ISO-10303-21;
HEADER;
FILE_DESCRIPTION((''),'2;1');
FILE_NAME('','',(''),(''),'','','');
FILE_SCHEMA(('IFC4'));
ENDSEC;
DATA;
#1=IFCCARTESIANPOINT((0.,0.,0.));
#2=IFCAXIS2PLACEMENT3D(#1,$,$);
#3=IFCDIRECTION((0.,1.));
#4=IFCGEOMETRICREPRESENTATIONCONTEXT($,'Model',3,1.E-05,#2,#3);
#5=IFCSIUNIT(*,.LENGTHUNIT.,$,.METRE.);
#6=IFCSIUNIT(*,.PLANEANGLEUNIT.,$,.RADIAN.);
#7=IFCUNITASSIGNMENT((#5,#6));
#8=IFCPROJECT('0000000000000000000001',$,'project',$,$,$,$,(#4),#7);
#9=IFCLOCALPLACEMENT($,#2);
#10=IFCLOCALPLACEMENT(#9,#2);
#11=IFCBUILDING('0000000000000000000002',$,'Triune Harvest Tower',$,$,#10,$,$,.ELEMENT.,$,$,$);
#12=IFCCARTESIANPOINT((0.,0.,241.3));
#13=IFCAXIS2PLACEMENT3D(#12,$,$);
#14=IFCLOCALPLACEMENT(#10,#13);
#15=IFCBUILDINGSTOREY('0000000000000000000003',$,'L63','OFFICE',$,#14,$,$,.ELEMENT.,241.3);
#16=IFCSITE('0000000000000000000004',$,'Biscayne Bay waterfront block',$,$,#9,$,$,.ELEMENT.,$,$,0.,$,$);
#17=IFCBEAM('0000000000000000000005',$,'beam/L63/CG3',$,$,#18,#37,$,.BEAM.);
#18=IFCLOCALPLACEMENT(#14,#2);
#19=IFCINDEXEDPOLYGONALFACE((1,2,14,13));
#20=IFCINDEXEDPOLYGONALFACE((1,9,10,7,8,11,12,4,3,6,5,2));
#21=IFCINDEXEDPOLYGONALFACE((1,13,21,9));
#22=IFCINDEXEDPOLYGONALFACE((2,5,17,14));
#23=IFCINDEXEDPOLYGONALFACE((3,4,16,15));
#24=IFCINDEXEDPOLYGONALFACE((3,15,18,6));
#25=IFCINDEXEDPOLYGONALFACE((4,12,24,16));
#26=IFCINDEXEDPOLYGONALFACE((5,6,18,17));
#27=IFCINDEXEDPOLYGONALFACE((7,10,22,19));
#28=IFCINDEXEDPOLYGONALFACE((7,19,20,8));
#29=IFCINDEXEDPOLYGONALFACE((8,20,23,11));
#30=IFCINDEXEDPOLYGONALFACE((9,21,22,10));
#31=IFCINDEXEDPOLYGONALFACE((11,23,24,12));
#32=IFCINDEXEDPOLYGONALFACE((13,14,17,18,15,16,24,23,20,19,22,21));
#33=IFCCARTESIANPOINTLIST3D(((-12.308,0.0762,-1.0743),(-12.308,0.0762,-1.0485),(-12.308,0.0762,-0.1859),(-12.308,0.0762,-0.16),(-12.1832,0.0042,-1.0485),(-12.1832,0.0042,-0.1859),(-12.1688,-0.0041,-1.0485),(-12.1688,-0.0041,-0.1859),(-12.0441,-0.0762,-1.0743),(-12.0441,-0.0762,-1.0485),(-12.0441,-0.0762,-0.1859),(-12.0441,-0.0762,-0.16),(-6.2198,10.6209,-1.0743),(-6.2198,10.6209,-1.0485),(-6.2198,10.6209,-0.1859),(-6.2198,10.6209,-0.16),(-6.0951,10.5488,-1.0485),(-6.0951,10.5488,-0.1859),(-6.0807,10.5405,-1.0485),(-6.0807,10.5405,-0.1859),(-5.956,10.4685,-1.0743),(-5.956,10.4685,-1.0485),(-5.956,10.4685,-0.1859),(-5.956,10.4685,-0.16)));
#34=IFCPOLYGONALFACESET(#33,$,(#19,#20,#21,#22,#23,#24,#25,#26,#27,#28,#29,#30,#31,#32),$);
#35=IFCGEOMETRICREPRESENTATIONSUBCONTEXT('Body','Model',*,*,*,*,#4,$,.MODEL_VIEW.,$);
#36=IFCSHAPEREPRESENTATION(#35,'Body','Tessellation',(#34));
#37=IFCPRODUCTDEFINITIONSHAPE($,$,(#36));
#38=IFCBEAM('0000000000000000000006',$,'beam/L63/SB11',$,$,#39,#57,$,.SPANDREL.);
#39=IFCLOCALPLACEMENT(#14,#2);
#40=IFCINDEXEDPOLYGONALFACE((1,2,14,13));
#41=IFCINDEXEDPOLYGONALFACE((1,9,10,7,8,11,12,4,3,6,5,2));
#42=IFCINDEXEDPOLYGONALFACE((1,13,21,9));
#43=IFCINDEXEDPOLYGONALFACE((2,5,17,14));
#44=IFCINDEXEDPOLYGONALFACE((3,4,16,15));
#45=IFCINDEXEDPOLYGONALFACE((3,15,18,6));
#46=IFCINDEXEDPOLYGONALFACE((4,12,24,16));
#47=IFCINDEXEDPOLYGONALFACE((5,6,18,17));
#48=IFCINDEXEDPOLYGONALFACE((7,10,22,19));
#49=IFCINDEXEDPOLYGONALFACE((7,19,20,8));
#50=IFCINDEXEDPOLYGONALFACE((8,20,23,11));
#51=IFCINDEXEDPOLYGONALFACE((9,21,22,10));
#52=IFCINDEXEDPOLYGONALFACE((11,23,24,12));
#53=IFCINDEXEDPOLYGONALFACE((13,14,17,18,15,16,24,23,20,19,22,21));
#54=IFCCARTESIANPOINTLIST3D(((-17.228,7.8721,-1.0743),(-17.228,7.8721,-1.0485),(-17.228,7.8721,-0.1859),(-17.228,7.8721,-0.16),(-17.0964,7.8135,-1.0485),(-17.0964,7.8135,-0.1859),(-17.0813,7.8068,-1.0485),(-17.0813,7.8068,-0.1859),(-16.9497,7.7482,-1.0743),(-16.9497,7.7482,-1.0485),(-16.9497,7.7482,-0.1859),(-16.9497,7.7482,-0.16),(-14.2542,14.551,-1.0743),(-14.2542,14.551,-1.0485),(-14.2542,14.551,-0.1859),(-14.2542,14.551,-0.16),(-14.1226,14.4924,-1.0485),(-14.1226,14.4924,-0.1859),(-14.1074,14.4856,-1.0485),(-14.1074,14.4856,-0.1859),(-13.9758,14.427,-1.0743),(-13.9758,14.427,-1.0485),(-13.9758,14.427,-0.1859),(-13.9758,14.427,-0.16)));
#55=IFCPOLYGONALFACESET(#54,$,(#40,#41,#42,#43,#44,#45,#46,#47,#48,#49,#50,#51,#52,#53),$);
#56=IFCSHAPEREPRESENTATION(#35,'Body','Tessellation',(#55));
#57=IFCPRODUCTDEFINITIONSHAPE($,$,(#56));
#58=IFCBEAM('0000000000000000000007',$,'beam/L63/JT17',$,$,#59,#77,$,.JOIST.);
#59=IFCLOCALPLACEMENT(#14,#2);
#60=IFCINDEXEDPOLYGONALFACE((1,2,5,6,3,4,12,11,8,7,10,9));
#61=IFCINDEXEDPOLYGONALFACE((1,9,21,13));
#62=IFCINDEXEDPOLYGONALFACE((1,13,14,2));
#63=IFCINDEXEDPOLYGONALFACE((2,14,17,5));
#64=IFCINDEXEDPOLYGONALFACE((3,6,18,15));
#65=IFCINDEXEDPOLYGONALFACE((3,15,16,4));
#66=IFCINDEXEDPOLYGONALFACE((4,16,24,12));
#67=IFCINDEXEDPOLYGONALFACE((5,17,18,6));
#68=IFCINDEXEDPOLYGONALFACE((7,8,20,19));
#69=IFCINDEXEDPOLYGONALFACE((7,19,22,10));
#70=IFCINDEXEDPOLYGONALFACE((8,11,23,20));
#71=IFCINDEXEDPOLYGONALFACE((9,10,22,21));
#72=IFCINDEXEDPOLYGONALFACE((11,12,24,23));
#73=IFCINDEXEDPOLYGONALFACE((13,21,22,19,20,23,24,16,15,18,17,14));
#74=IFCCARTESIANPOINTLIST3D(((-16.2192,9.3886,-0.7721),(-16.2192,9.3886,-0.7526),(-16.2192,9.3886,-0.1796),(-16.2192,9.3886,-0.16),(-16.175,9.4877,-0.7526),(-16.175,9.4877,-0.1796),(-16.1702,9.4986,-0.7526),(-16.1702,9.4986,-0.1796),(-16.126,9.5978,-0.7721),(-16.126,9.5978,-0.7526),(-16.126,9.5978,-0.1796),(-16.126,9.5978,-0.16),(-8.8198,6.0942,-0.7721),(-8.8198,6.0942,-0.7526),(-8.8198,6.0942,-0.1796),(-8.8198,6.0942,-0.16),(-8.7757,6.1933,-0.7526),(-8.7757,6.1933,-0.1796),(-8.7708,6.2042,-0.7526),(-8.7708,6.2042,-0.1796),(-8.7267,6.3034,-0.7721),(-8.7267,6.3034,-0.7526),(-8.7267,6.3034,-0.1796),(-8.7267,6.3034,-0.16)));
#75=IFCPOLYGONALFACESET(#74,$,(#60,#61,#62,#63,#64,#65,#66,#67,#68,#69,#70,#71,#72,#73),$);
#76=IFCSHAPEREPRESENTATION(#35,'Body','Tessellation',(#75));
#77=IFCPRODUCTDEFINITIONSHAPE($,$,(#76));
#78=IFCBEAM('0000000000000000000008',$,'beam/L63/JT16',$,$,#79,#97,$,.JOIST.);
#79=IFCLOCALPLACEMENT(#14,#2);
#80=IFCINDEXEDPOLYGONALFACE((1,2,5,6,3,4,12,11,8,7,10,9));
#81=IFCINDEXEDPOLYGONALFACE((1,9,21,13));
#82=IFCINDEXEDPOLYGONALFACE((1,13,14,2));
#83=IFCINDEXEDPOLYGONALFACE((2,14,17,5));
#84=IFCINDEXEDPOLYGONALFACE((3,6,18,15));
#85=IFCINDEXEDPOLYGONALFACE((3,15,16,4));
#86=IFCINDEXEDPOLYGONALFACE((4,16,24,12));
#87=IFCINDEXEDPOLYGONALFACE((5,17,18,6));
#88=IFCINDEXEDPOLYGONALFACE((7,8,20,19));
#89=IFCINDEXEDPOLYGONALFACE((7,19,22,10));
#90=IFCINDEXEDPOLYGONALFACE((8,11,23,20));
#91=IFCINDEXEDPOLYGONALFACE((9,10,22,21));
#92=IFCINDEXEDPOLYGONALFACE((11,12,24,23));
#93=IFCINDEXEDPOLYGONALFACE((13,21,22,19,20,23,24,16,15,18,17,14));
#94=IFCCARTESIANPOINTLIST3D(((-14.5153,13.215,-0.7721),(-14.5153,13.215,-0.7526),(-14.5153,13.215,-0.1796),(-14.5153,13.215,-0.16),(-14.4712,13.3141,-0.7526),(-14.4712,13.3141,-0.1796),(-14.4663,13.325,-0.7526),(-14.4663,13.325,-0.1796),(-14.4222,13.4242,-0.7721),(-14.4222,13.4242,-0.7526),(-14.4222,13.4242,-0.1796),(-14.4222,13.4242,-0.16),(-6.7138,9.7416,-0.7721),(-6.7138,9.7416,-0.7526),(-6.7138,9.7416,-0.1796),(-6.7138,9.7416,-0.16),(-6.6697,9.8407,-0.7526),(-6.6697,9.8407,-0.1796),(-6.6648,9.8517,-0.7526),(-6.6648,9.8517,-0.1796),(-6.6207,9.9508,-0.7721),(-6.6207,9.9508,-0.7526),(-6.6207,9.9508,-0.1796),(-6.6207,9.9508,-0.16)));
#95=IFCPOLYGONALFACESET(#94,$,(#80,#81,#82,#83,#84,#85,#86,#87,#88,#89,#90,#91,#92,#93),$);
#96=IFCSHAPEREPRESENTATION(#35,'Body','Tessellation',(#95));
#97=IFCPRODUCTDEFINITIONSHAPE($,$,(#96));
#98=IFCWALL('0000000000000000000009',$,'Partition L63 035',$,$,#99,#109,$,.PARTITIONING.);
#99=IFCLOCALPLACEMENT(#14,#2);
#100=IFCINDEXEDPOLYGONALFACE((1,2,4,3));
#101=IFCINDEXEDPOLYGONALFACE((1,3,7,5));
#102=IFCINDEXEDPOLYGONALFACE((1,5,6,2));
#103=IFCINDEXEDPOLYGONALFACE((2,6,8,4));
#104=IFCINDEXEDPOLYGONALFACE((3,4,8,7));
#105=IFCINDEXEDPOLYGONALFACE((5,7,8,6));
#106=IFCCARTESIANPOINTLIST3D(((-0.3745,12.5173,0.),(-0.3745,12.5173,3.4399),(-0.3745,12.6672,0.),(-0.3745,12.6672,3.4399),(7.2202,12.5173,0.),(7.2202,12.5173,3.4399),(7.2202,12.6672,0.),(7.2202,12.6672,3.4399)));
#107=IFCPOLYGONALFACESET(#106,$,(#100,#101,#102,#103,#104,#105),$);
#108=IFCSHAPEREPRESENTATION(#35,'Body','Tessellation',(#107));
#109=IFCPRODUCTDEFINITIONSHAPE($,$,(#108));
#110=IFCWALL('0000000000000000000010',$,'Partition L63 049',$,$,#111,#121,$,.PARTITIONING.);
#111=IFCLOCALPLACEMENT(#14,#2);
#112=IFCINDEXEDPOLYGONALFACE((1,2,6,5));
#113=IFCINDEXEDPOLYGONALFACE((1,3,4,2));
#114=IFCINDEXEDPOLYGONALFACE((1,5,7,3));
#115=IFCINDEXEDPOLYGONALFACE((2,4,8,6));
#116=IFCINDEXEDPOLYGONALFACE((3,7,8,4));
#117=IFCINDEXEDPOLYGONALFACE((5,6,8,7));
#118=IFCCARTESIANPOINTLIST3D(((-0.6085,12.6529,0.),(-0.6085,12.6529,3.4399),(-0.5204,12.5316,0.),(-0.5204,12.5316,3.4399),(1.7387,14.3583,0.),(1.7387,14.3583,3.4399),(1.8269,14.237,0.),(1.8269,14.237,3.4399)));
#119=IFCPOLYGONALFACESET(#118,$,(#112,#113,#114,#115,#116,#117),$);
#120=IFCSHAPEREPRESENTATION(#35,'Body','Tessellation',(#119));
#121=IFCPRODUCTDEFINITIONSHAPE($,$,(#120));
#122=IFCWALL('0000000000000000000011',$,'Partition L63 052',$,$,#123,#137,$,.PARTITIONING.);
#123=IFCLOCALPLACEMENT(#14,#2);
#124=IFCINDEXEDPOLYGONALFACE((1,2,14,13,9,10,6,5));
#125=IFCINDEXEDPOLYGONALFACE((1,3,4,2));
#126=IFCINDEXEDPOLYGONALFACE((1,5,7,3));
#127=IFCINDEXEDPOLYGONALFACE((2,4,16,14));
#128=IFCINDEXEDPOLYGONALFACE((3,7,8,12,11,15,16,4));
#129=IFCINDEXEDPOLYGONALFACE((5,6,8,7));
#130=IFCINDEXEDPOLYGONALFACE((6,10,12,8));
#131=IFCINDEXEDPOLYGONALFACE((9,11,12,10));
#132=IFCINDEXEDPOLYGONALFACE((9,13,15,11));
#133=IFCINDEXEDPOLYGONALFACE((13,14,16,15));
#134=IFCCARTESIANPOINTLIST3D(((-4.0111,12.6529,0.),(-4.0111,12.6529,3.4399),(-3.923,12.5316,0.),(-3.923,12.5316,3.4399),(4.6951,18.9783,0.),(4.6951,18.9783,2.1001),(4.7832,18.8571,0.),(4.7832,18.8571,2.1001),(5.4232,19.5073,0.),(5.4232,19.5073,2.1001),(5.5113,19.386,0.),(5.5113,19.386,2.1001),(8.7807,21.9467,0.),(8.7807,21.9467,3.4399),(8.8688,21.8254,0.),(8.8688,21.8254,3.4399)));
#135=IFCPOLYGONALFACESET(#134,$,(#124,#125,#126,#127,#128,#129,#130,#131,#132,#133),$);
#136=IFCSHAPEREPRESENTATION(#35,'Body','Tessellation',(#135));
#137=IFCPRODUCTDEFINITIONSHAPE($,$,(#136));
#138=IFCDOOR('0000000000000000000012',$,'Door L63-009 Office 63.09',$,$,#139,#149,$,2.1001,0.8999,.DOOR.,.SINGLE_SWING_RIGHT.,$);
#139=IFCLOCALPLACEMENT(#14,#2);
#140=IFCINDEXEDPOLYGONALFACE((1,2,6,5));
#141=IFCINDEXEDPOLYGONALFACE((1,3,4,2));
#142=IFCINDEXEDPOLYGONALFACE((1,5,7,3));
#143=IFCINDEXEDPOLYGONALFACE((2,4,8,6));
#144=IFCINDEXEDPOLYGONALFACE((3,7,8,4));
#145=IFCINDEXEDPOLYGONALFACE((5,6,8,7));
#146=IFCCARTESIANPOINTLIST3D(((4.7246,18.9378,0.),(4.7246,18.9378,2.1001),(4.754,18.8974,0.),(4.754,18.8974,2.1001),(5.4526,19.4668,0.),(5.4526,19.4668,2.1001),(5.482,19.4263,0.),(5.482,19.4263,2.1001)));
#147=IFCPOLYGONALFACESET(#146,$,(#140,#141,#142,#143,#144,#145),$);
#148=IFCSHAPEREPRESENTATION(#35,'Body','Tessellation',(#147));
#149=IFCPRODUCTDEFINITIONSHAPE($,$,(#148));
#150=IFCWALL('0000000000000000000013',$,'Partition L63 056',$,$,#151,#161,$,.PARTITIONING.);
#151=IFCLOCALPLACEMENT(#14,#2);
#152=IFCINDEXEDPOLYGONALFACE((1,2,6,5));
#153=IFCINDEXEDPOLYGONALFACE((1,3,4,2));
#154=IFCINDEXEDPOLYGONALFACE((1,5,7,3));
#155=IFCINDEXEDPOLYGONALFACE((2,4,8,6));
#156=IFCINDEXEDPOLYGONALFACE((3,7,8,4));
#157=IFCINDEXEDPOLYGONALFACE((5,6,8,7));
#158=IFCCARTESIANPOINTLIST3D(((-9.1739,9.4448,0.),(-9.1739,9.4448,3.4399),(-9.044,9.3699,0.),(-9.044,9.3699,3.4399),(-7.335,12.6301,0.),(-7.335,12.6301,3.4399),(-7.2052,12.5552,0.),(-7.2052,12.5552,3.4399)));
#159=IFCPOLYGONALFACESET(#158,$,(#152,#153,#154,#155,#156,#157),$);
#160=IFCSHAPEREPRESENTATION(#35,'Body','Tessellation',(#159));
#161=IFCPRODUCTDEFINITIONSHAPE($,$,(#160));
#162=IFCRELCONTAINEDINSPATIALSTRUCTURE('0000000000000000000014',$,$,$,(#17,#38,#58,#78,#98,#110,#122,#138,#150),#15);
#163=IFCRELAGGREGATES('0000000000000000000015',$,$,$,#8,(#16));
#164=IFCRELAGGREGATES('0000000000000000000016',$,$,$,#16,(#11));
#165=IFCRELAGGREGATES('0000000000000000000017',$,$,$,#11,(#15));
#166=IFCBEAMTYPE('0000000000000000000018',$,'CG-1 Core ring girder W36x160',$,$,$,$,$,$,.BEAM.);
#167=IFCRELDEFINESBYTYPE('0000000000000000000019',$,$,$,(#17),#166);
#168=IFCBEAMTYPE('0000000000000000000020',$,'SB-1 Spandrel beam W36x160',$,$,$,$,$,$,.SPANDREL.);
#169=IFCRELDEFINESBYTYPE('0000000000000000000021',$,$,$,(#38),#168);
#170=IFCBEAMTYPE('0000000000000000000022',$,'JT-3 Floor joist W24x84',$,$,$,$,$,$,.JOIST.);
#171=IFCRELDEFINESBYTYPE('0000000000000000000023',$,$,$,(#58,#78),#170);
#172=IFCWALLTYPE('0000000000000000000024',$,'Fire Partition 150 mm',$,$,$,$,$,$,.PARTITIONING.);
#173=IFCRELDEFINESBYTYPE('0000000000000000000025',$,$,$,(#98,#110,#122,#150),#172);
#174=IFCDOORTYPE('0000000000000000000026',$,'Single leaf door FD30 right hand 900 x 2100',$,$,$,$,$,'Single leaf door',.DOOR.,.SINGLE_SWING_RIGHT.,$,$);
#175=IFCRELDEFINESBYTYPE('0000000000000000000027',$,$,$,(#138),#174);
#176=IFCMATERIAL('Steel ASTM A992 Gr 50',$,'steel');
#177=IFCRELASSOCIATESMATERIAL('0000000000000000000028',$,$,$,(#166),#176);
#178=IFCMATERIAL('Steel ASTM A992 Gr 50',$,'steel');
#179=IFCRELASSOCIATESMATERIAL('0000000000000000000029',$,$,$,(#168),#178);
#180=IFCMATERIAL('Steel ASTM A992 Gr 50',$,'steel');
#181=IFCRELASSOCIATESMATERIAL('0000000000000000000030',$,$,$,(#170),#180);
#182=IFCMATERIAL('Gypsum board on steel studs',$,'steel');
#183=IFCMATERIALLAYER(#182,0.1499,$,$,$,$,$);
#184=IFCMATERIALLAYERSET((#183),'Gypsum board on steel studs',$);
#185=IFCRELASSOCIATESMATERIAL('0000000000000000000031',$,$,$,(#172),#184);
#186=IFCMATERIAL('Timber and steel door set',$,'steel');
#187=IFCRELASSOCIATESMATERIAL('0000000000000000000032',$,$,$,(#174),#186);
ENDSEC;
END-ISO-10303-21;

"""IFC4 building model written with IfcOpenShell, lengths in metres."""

from ifc_helpers import new_model, si_unit, direction, frame, frame_2d, origin, origin_2d, place, context, subcontext, project, spatial, rectangle, i_section, extrude, source, transform, mapped, material, layer, layer_set, material_profile, profile_set, type_object, element, fill, save


model = new_model("IFC4")

# Units and contexts
model_context = context("Model", 3, precision=1e-05, world=origin(), true_north=direction((0.0, 1.0)))
body_context = subcontext(model_context, "Body", "Model", "MODEL_VIEW")
ifc_project = project(units=[si_unit("LENGTHUNIT", "METRE"), si_unit("PLANEANGLEUNIT", "RADIAN")], contexts=[model_context])

# Site, building, storey
site_placement = place(None, origin())
site = spatial("IfcSite", under=ifc_project, at=site_placement, Name="Biscayne Bay waterfront block", CompositionType="ELEMENT", RefElevation=0.0)
building_placement = place(site_placement, origin())
building = spatial("IfcBuilding", under=site, at=building_placement, Name="Triune Harvest Tower", CompositionType="ELEMENT")
storey_placement = place(building_placement, frame((0.0, 0.0, 241.3)))
storey = spatial("IfcBuildingStorey", under=building, at=storey_placement, Name="L63", Description="OFFICE", CompositionType="ELEMENT", Elevation=241.3)

# Beams
ifc_material_1 = material(Name="Steel ASTM A992 Gr 50", Category="steel")
ifc_material_profile_1 = material_profile(ifc_material_1, i_section(OverallWidth=0.3047, OverallDepth=0.9143, WebThickness=0.0166, FlangeThickness=0.0259, at=origin_2d()), Name="W36x160")
ifc_profile_set_1 = profile_set([ifc_material_profile_1], Name="Steel ASTM A992 Gr 50")
beam_type_1 = type_object("IfcBeamType", Name="CG-1 Core ring girder W36x160", PredefinedType="BEAM", material=ifc_profile_set_1)
shared_shape_1 = source(origin(), body_context, "Body", "SweptSolid", [
    extrude(i_section(OverallWidth=0.3047, OverallDepth=0.9143, WebThickness=0.0166, FlangeThickness=0.0259, at=origin_2d()), origin(), (0.0, 0.0, 1.0), 12.176),
])
beam_1_placement = place(storey_placement, frame((-6.0879, 10.5447, -0.6172), z_axis=(-0.50001, -0.86602, 0.0), x_axis=(0.86602, -0.50001, 0.0)))
element("IfcBeam", 1, at=beam_1_placement, inside=storey, type_object=beam_type_1, Name="beam/L63/CG3", PredefinedType="BEAM", context=body_context, shape_type="MappedRepresentation", body=[
    mapped(shared_shape_1, transform((0.0, 0.0, 0.0), scale=1.0)),
])
ifc_material_2 = material(Name="Steel ASTM A992 Gr 50", Category="steel")
ifc_material_profile_2 = material_profile(ifc_material_2, i_section(OverallWidth=0.3047, OverallDepth=0.9143, WebThickness=0.0166, FlangeThickness=0.0259, at=origin_2d()), Name="W36x160")
ifc_profile_set_2 = profile_set([ifc_material_profile_2], Name="Steel ASTM A992 Gr 50")
beam_type_2 = type_object("IfcBeamType", Name="SB-1 Spandrel beam W36x160", PredefinedType="SPANDREL", material=ifc_profile_set_2)
shared_shape_2 = source(origin(), body_context, "Body", "SweptSolid", [
    extrude(i_section(OverallWidth=0.3047, OverallDepth=0.9143, WebThickness=0.0166, FlangeThickness=0.0259, at=origin_2d()), origin(), (0.0, 0.0, 1.0), 7.311),
])
beam_2_placement = place(storey_placement, frame((-14.115, 14.489, -0.6172), z_axis=(-0.406761, -0.913535, 0.0), x_axis=(0.913535, -0.406761, 0.0)))
element("IfcBeam", 2, at=beam_2_placement, inside=storey, type_object=beam_type_2, Name="beam/L63/SB11", PredefinedType="SPANDREL", context=body_context, shape_type="MappedRepresentation", body=[
    mapped(shared_shape_2, transform((0.0, 0.0, 0.0), scale=1.0)),
])
ifc_material_3 = material(Name="Steel ASTM A992 Gr 50", Category="steel")
ifc_material_profile_3 = material_profile(ifc_material_3, i_section(OverallWidth=0.229, OverallDepth=0.6121, WebThickness=0.012, FlangeThickness=0.0195, at=origin_2d()), Name="W24x84")
ifc_profile_set_3 = profile_set([ifc_material_profile_3], Name="Steel ASTM A992 Gr 50")
beam_type_3 = type_object("IfcBeamType", Name="JT-3 Floor joist W24x84", PredefinedType="JOIST", material=ifc_profile_set_3)
shared_shape_3 = source(origin(), body_context, "Body", "SweptSolid", [
    extrude(i_section(OverallWidth=0.229, OverallDepth=0.6121, WebThickness=0.012, FlangeThickness=0.0195, at=origin_2d()), origin(), (0.0, 0.0, 1.0), 8.0996),
])
beam_3_placement = place(storey_placement, frame((-16.1726, 9.4932, -0.4661), z_axis=(0.913545, -0.406737, 0.0), x_axis=(0.406737, 0.913545, 0.0)))
element("IfcBeam", 3, at=beam_3_placement, inside=storey, type_object=beam_type_3, Name="beam/L63/JT17", PredefinedType="JOIST", context=body_context, shape_type="MappedRepresentation", body=[
    mapped(shared_shape_3, transform((0.0, 0.0, 0.0), scale=1.0)),
])
shared_shape_4 = source(origin(), body_context, "Body", "SweptSolid", [
    extrude(i_section(OverallWidth=0.229, OverallDepth=0.6121, WebThickness=0.012, FlangeThickness=0.0195, at=origin_2d()), origin(), (0.0, 0.0, 1.0), 8.5398),
])
beam_4_placement = place(storey_placement, frame((-14.4688, 13.3196, -0.4661), z_axis=(0.913548, -0.40673, 0.0), x_axis=(0.40673, 0.913548, 0.0)))
element("IfcBeam", 4, at=beam_4_placement, inside=storey, type_object=beam_type_3, Name="beam/L63/JT16", PredefinedType="JOIST", context=body_context, shape_type="MappedRepresentation", body=[
    mapped(shared_shape_4, transform((0.0, 0.0, 0.0), scale=1.0)),
])

# Walls
ifc_material_4 = material(Name="Gypsum board on steel studs", Category="steel")
ifc_layer_1 = layer(ifc_material_4, 0.1499)
ifc_layer_set_1 = layer_set([ifc_layer_1], Name="Gypsum board on steel studs")
wall_type_1 = type_object("IfcWallType", Name="Fire Partition 150 mm", PredefinedType="PARTITIONING", material=ifc_layer_set_1)
wall_1_placement = place(storey_placement, frame((-0.3745, 12.5923, 0.0), z_axis=(0.0, 0.0, 1.0), x_axis=(1.0, 0.0, 0.0)))
element("IfcWall", 5, at=wall_1_placement, inside=storey, type_object=wall_type_1, Name="Partition L63 035", PredefinedType="PARTITIONING", context=body_context, shape_type="SweptSolid", body=[
    extrude(rectangle(XDim=7.5947, YDim=0.1499, at=frame_2d((3.7974, 0.0))), origin(), (0.0, 0.0, 1.0), 3.4399),
])
wall_2_placement = place(storey_placement, frame((-0.5645, 12.5923, 0.0), z_axis=(0.0, 0.0, 1.0), x_axis=(0.809016, 0.587786, 0.0)))
element("IfcWall", 6, at=wall_2_placement, inside=storey, type_object=wall_type_1, Name="Partition L63 049", PredefinedType="PARTITIONING", context=body_context, shape_type="SweptSolid", body=[
    extrude(rectangle(XDim=2.9014, YDim=0.1499, at=frame_2d((1.4507, 0.0))), origin(), (0.0, 0.0, 1.0), 3.4399),
])

# Wall, opening, door
wall_3_placement = place(storey_placement, frame((-3.967, 12.5923, 0.0), z_axis=(0.0, 0.0, 1.0), x_axis=(0.809018, 0.587783, 0.0)))
wall_3 = element("IfcWall", 7, at=wall_3_placement, inside=storey, type_object=wall_type_1, Name="Partition L63 052", PredefinedType="PARTITIONING", context=body_context, shape_type="SweptSolid", body=[
    extrude(rectangle(XDim=15.8115, YDim=0.1499, at=frame_2d((7.9058, 0.0))), origin(), (0.0, 0.0, 1.0), 3.4399),
])
opening_1_placement = place(wall_3_placement, frame((10.7615, 0.0, 0.0)))
opening_1 = element("IfcOpeningElement", 8, at=opening_1_placement, cuts=wall_3, PredefinedType="OPENING", context=body_context, shape_type="SweptSolid", body=[
    extrude(rectangle(XDim=0.8999, YDim=2.1001, at=frame_2d((0.45, 1.05))), frame((0.0, 0.085, 0.0), z_axis=(0.0, -1.0, 0.0), x_axis=(1.0, 0.0, 0.0)), (0.0, 0.0, 1.0), 0.1699),
])
ifc_material_5 = material(Name="Timber and steel door set", Category="steel")
door_type_1 = type_object("IfcDoorType", Name="Single leaf door FD30 right hand 900 x 2100", ElementType="Single leaf door", OperationType="SINGLE_SWING_RIGHT", PredefinedType="DOOR", material=ifc_material_5)
door_1_placement = place(opening_1_placement, origin())
door_1 = element("IfcDoor", 9, at=door_1_placement, inside=storey, type_object=door_type_1, Name="Door L63-009 Office 63.09", OperationType="SINGLE_SWING_RIGHT", OverallHeight=2.1001, OverallWidth=0.8999, PredefinedType="DOOR", context=body_context, shape_type="SweptSolid", body=[
    extrude(rectangle(XDim=0.8999, YDim=2.1001, at=frame_2d((0.45, 1.05))), frame((0.0, 0.0249, 0.0), z_axis=(0.0, -1.0, 0.0), x_axis=(1.0, 0.0, 0.0)), (0.0, 0.0, 1.0), 0.05),
])
fill(opening_1, door_1)

# Wall
wall_4_placement = place(storey_placement, frame((-9.1089, 9.4075, 0.0), z_axis=(0.0, 0.0, 1.0), x_axis=(0.499966, 0.866045, 0.0)))
element("IfcWall", 10, at=wall_4_placement, inside=storey, type_object=wall_type_1, Name="Partition L63 056", PredefinedType="PARTITIONING", context=body_context, shape_type="SweptSolid", body=[
    extrude(rectangle(XDim=3.678, YDim=0.1499, at=frame_2d((1.8389, 0.0))), origin(), (0.0, 0.0, 1.0), 3.4399),
])

save(model, "model.ifc")
